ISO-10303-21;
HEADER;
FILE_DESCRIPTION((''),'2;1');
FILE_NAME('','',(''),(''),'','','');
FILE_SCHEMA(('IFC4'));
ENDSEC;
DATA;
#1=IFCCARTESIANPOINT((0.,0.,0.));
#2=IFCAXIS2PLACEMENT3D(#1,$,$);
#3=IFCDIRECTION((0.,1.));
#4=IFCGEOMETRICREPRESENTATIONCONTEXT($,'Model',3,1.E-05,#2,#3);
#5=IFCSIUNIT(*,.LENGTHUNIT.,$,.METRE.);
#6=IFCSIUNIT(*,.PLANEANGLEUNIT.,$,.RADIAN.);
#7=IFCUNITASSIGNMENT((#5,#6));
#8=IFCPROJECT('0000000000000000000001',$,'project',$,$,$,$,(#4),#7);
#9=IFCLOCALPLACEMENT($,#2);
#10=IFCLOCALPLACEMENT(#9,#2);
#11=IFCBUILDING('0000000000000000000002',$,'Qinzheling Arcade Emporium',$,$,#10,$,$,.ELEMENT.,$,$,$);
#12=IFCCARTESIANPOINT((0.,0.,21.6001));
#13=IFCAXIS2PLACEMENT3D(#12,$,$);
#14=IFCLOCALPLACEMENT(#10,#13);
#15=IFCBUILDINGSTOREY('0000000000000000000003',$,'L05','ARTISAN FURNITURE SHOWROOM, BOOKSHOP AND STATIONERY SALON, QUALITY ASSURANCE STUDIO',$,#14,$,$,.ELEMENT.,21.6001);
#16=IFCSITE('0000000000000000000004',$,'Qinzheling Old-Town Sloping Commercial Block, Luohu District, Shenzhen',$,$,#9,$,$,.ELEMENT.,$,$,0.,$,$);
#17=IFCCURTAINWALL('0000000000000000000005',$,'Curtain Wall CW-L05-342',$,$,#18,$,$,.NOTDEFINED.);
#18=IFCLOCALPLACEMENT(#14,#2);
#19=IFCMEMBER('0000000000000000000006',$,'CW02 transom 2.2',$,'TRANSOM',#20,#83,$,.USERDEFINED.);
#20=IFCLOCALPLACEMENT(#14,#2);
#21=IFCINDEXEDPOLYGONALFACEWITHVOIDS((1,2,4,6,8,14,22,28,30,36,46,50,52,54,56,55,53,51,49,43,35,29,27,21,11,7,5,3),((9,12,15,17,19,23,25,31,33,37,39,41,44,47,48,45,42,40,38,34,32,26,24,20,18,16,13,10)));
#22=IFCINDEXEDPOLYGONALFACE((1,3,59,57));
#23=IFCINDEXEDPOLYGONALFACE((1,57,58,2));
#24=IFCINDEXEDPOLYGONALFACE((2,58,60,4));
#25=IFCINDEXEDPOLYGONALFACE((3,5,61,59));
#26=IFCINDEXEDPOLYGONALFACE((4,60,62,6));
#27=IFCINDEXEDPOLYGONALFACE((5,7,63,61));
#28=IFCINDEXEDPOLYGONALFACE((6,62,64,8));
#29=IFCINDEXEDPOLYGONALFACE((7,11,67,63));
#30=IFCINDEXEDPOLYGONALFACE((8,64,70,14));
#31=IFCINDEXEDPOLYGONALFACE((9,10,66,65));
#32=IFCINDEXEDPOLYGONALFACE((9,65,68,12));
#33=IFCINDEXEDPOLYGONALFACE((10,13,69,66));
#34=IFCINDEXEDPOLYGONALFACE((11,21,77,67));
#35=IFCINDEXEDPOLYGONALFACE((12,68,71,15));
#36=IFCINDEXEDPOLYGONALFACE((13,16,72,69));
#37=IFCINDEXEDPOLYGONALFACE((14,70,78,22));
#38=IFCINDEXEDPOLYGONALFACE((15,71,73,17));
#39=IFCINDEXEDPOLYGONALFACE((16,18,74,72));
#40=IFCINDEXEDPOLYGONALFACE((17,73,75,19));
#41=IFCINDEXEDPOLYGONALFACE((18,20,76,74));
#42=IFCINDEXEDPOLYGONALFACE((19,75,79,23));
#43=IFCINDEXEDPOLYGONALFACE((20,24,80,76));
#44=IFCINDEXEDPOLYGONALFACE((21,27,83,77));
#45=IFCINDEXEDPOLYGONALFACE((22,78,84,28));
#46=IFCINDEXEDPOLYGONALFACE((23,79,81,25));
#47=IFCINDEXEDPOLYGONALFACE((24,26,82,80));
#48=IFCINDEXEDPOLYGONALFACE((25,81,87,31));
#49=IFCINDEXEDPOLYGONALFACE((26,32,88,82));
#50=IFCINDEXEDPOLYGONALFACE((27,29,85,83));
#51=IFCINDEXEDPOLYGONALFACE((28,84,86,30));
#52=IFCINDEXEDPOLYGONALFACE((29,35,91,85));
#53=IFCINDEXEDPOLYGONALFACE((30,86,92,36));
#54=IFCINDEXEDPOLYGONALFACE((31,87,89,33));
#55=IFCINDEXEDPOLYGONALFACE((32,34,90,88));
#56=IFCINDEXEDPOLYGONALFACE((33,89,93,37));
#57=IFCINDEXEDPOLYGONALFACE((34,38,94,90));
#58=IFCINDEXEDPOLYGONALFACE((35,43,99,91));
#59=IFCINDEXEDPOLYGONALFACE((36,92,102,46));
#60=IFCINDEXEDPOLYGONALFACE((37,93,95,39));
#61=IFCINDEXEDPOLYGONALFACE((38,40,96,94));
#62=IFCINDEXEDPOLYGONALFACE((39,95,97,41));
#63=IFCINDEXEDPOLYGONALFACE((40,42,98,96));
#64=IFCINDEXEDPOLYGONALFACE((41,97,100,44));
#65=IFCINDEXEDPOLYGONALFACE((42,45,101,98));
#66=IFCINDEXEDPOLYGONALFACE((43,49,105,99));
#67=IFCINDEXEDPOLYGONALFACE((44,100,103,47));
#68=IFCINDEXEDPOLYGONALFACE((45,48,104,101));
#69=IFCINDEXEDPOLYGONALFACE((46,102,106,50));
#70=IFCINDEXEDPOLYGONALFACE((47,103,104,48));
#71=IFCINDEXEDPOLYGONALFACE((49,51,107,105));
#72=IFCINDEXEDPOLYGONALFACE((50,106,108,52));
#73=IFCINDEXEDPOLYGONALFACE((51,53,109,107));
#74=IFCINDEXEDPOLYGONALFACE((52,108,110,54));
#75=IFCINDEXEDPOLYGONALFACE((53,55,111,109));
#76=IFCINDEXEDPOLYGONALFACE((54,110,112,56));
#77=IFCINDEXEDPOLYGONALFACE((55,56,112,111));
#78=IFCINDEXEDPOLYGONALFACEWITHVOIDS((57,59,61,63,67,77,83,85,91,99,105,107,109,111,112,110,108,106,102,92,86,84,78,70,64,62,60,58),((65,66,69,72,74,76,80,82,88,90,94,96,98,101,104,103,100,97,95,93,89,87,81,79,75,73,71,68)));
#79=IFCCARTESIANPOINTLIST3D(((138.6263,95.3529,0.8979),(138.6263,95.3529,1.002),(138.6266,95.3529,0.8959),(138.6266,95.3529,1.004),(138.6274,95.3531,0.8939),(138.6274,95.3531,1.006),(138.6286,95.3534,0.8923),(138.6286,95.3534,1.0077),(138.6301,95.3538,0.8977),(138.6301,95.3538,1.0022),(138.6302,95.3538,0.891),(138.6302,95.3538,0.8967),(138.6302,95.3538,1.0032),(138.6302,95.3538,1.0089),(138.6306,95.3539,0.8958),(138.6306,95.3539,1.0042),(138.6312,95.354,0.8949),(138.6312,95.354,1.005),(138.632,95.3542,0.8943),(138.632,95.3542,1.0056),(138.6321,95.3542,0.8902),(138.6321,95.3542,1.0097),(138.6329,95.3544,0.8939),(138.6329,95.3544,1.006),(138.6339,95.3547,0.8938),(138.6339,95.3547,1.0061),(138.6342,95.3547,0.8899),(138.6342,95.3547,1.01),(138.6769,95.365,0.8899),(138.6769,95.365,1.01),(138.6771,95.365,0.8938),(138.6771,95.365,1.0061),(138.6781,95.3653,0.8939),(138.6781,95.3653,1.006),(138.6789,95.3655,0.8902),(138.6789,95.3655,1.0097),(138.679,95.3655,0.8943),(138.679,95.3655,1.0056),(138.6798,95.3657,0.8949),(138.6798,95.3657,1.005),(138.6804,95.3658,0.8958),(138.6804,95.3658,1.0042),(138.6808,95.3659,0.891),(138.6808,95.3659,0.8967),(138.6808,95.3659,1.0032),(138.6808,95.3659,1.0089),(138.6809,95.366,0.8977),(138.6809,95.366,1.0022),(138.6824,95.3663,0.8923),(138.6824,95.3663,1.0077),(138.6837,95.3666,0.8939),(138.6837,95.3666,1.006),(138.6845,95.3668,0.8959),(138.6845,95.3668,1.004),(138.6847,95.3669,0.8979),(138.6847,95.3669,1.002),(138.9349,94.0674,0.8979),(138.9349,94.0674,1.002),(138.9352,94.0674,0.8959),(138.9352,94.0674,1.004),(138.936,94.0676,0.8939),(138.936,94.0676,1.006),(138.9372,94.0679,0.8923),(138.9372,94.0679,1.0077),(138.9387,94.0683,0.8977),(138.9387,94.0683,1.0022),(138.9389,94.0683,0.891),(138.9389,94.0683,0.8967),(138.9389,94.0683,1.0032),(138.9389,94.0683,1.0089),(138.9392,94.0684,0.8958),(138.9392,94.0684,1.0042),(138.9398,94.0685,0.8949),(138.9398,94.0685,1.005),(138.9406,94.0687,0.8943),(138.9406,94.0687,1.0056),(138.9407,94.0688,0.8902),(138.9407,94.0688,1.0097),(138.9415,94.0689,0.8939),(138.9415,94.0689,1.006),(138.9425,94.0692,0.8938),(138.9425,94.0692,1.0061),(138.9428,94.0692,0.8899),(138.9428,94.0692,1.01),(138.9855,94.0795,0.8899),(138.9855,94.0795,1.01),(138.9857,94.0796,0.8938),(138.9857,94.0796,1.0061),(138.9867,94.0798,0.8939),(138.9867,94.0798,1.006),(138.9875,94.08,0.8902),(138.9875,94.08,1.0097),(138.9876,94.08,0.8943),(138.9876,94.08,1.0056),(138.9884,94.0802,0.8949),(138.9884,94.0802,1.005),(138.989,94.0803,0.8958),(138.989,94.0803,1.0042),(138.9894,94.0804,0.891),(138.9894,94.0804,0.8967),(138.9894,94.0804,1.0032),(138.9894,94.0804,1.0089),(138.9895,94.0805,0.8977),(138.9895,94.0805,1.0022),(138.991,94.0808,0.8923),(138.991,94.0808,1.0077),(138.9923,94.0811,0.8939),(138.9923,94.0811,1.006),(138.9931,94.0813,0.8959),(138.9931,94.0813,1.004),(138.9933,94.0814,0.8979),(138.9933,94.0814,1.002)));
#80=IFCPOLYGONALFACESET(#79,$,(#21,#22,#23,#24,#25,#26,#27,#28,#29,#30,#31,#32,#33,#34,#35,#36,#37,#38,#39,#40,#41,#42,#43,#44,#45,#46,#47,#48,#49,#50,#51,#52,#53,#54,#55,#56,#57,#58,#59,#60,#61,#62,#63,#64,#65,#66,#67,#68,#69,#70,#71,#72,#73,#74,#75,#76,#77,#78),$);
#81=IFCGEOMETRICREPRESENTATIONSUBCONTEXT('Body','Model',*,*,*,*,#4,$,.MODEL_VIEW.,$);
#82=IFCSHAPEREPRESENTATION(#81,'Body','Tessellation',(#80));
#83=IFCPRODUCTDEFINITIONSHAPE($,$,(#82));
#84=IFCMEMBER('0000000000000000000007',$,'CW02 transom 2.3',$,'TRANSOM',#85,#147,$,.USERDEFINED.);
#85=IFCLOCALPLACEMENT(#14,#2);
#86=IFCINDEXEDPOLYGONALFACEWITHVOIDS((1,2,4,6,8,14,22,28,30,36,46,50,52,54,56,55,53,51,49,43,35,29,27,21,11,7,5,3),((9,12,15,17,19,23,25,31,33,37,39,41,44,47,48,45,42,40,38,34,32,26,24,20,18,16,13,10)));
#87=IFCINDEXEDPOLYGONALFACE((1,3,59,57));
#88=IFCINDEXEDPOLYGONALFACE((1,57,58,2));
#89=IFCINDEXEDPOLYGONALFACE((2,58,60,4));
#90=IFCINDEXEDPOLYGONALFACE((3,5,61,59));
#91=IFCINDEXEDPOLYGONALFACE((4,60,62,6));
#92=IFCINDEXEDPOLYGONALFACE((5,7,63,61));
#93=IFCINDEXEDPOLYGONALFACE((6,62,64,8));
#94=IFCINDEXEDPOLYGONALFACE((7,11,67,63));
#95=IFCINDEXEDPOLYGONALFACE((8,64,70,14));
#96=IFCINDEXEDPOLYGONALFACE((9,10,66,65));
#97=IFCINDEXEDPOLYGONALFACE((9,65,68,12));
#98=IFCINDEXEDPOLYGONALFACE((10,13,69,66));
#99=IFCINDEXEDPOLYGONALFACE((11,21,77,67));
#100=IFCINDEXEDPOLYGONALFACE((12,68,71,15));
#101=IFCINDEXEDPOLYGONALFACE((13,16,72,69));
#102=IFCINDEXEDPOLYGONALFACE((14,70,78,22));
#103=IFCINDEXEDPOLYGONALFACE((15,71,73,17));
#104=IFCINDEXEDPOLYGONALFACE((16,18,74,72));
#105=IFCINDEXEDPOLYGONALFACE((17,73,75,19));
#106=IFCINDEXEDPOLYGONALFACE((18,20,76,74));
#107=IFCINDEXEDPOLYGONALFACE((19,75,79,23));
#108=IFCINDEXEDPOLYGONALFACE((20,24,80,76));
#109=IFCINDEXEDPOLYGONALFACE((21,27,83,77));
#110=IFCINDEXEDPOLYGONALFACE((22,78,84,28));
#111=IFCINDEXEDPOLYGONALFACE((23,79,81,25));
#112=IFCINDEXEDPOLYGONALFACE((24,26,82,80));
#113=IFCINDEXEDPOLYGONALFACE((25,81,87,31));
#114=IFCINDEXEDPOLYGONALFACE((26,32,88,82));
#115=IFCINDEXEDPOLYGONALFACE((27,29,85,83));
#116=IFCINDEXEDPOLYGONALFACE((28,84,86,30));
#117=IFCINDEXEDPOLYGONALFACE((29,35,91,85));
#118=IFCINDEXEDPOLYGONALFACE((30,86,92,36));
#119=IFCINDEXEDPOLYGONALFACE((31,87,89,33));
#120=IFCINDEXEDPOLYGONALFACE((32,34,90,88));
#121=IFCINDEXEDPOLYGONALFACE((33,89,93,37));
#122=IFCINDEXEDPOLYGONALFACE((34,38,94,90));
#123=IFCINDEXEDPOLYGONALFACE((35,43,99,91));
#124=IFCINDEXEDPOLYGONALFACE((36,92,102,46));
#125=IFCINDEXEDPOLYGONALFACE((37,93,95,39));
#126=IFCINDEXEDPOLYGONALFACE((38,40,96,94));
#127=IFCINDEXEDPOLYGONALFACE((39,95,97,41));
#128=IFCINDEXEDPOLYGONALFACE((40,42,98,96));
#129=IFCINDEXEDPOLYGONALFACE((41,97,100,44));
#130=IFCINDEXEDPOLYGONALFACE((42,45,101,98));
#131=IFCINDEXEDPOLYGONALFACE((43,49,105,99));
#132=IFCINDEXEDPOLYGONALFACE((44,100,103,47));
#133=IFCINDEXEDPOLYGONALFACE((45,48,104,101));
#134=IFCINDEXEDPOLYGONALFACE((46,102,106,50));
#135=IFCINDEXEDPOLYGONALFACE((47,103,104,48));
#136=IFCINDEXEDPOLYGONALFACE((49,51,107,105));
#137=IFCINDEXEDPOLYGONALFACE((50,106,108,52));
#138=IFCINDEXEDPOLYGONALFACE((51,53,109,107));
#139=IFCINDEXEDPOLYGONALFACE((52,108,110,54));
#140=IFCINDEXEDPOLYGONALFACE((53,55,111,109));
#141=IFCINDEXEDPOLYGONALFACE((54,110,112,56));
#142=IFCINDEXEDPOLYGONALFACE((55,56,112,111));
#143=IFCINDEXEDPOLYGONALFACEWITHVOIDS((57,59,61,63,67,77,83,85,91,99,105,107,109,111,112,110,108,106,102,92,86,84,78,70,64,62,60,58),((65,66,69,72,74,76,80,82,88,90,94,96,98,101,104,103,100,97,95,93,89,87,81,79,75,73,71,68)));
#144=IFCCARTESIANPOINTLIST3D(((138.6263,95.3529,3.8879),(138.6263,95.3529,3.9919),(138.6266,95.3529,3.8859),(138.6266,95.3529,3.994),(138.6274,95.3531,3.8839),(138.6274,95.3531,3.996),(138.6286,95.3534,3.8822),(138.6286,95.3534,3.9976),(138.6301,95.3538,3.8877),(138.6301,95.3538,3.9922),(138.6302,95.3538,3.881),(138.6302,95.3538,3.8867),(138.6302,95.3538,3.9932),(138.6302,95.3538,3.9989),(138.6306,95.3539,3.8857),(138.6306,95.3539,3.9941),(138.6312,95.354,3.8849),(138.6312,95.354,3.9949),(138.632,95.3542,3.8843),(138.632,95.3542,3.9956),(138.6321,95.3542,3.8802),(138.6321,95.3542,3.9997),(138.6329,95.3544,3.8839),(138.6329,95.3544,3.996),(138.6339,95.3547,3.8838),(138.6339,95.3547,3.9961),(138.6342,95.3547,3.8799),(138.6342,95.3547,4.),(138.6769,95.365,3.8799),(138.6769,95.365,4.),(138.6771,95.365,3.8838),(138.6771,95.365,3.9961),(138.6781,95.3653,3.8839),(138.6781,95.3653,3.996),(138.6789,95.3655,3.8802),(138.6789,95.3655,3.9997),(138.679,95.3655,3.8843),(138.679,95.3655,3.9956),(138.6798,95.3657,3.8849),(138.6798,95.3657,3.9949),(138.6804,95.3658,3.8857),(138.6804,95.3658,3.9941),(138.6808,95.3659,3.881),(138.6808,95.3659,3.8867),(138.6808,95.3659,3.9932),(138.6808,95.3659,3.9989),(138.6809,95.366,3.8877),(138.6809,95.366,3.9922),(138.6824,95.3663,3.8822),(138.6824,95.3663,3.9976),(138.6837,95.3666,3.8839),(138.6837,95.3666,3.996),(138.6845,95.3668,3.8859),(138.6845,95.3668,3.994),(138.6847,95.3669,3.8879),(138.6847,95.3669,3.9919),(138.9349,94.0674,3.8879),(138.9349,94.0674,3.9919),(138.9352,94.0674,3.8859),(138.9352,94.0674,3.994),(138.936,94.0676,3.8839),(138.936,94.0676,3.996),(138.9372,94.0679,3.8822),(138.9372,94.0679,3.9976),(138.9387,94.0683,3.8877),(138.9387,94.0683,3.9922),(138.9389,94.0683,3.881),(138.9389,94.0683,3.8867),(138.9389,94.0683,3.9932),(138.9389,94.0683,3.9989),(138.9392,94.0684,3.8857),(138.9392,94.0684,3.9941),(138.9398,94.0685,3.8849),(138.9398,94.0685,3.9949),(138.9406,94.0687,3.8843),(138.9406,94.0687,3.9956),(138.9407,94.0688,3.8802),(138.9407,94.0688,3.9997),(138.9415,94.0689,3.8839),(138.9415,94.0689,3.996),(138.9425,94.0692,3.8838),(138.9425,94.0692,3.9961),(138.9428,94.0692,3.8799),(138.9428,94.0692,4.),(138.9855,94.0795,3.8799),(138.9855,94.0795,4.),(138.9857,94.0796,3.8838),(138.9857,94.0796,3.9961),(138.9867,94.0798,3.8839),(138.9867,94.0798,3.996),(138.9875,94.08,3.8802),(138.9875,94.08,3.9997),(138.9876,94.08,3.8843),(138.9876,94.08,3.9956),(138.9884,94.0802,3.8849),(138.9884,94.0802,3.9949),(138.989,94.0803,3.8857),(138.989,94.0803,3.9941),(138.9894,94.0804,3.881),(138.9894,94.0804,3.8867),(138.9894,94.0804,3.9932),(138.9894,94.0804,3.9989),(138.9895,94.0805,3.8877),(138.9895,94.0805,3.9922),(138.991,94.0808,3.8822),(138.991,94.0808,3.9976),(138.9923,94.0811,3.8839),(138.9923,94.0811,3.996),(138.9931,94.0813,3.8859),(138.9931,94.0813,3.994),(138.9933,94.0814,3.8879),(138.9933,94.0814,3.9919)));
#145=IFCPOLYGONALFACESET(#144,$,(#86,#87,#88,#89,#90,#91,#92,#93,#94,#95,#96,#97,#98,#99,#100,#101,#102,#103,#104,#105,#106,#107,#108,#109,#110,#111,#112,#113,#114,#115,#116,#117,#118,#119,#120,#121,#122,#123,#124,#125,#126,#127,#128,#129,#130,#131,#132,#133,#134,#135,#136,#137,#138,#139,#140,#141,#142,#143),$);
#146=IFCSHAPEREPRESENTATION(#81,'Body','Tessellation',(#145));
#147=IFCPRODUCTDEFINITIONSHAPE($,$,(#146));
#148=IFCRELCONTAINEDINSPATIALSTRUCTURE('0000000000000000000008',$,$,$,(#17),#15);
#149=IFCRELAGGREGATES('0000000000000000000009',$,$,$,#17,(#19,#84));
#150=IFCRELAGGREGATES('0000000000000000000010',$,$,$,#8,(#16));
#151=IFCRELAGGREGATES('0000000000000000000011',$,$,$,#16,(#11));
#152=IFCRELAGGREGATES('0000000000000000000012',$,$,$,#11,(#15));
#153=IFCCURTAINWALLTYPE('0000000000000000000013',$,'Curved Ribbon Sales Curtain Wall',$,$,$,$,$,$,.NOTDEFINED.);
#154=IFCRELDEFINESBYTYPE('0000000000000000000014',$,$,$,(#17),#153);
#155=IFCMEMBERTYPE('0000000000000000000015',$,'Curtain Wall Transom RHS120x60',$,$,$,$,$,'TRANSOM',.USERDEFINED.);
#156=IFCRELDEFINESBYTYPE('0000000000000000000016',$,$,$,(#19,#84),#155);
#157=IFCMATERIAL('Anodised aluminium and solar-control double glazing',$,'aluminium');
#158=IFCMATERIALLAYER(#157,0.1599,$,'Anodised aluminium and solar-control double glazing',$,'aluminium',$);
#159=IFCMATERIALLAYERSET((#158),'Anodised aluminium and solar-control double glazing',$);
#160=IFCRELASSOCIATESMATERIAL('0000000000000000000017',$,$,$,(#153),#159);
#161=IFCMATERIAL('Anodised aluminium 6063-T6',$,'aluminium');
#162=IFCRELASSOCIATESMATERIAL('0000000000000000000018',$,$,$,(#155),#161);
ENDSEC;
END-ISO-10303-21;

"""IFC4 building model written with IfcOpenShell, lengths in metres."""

from ifc_helpers import new_model, si_unit, direction, frame, origin, origin_2d, place, context, subcontext, project, spatial, hollow_rectangle, extrude, material, layer, layer_set, material_profile, profile_set, type_object, element, aggregate, save


model = new_model("IFC4")

# Units and contexts
model_context = context("Model", 3, precision=1e-05, world=origin(), true_north=direction((0.0, 1.0)))
body_context = subcontext(model_context, "Body", "Model", "MODEL_VIEW")
ifc_project = project(units=[si_unit("LENGTHUNIT", "METRE"), si_unit("PLANEANGLEUNIT", "RADIAN")], contexts=[model_context])

# Site, building, storey
site_placement = place(None, origin())
site = spatial("IfcSite", under=ifc_project, at=site_placement, Name="Qinzheling Old-Town Sloping Commercial Block, Luohu District, Shenzhen", CompositionType="ELEMENT", RefElevation=0.0)
building_placement = place(site_placement, origin())
building = spatial("IfcBuilding", under=site, at=building_placement, Name="Qinzheling Arcade Emporium", CompositionType="ELEMENT")
storey_placement = place(building_placement, frame((0.0, 0.0, 21.6001)))
storey = spatial("IfcBuildingStorey", under=building, at=storey_placement, Name="L05", Description="ARTISAN FURNITURE SHOWROOM, BOOKSHOP AND STATIONERY SALON, QUALITY ASSURANCE STUDIO", CompositionType="ELEMENT", Elevation=21.6001)

# Shared definitions
ifc_material_1 = material(Name="Anodised aluminium and solar-control double glazing", Category="aluminium")
ifc_layer_1 = layer(ifc_material_1, 0.1599, Name="Anodised aluminium and solar-control double glazing", Category="aluminium")
ifc_layer_set_1 = layer_set([ifc_layer_1], Name="Anodised aluminium and solar-control double glazing")
curtain_wall_type = type_object("IfcCurtainWallType", Name="Curved Ribbon Sales Curtain Wall", PredefinedType="NOTDEFINED", material=ifc_layer_set_1)
ifc_material_2 = material(Name="Anodised aluminium 6063-T6", Category="aluminium")

# Curtain wall
curtain_wall_1_placement = place(storey_placement, origin())
curtain_wall_1 = element("IfcCurtainWall", 1, at=curtain_wall_1_placement, inside=storey, type_object=curtain_wall_type, Name="Curtain Wall CW-L05-342", PredefinedType="NOTDEFINED")

# Members
ifc_material_profile_1 = material_profile(ifc_material_2, hollow_rectangle(XDim=0.0601, YDim=0.1201, WallThickness=0.0039, InnerFilletRadius=0.0039, OuterFilletRadius=0.0081, at=origin_2d()), Name="RHS 120x60x4", Category="aluminium")
ifc_profile_set_1 = profile_set([ifc_material_profile_1], Name="Anodised aluminium 6063-T6")
member_type_1 = type_object("IfcMemberType", Name="Curtain Wall Transom RHS120x60", ElementType="TRANSOM", PredefinedType="USERDEFINED", material=ifc_profile_set_1)
member_1_placement = place(storey_placement, frame((138.6555, 95.3599, 0.95), z_axis=(0.233443, -0.972371, 0.0), x_axis=(0.972371, 0.233443, 0.0)))
member_1 = element("IfcMember", 2, at=member_1_placement, type_object=member_type_1, Name="CW02 transom 2.2", ObjectType="TRANSOM", PredefinedType="USERDEFINED", context=body_context, shape_type="SweptSolid", body=[
    extrude(hollow_rectangle(XDim=0.0601, YDim=0.1201, WallThickness=0.0039, InnerFilletRadius=0.0039, OuterFilletRadius=0.0081, at=origin_2d()), origin(), (0.0, 0.0, 1.0), 1.322),
])
member_2_placement = place(storey_placement, frame((138.6555, 95.3599, 3.9399), z_axis=(0.233443, -0.972371, 0.0), x_axis=(0.972371, 0.233443, 0.0)))
member_2 = element("IfcMember", 3, at=member_2_placement, type_object=member_type_1, Name="CW02 transom 2.3", ObjectType="TRANSOM", PredefinedType="USERDEFINED", context=body_context, shape_type="SweptSolid", body=[
    extrude(hollow_rectangle(XDim=0.0601, YDim=0.1201, WallThickness=0.0039, InnerFilletRadius=0.0039, OuterFilletRadius=0.0081, at=origin_2d()), origin(), (0.0, 0.0, 1.0), 1.322),
])

aggregate(curtain_wall_1, [member_1, member_2])

save(model, "model.ifc")
